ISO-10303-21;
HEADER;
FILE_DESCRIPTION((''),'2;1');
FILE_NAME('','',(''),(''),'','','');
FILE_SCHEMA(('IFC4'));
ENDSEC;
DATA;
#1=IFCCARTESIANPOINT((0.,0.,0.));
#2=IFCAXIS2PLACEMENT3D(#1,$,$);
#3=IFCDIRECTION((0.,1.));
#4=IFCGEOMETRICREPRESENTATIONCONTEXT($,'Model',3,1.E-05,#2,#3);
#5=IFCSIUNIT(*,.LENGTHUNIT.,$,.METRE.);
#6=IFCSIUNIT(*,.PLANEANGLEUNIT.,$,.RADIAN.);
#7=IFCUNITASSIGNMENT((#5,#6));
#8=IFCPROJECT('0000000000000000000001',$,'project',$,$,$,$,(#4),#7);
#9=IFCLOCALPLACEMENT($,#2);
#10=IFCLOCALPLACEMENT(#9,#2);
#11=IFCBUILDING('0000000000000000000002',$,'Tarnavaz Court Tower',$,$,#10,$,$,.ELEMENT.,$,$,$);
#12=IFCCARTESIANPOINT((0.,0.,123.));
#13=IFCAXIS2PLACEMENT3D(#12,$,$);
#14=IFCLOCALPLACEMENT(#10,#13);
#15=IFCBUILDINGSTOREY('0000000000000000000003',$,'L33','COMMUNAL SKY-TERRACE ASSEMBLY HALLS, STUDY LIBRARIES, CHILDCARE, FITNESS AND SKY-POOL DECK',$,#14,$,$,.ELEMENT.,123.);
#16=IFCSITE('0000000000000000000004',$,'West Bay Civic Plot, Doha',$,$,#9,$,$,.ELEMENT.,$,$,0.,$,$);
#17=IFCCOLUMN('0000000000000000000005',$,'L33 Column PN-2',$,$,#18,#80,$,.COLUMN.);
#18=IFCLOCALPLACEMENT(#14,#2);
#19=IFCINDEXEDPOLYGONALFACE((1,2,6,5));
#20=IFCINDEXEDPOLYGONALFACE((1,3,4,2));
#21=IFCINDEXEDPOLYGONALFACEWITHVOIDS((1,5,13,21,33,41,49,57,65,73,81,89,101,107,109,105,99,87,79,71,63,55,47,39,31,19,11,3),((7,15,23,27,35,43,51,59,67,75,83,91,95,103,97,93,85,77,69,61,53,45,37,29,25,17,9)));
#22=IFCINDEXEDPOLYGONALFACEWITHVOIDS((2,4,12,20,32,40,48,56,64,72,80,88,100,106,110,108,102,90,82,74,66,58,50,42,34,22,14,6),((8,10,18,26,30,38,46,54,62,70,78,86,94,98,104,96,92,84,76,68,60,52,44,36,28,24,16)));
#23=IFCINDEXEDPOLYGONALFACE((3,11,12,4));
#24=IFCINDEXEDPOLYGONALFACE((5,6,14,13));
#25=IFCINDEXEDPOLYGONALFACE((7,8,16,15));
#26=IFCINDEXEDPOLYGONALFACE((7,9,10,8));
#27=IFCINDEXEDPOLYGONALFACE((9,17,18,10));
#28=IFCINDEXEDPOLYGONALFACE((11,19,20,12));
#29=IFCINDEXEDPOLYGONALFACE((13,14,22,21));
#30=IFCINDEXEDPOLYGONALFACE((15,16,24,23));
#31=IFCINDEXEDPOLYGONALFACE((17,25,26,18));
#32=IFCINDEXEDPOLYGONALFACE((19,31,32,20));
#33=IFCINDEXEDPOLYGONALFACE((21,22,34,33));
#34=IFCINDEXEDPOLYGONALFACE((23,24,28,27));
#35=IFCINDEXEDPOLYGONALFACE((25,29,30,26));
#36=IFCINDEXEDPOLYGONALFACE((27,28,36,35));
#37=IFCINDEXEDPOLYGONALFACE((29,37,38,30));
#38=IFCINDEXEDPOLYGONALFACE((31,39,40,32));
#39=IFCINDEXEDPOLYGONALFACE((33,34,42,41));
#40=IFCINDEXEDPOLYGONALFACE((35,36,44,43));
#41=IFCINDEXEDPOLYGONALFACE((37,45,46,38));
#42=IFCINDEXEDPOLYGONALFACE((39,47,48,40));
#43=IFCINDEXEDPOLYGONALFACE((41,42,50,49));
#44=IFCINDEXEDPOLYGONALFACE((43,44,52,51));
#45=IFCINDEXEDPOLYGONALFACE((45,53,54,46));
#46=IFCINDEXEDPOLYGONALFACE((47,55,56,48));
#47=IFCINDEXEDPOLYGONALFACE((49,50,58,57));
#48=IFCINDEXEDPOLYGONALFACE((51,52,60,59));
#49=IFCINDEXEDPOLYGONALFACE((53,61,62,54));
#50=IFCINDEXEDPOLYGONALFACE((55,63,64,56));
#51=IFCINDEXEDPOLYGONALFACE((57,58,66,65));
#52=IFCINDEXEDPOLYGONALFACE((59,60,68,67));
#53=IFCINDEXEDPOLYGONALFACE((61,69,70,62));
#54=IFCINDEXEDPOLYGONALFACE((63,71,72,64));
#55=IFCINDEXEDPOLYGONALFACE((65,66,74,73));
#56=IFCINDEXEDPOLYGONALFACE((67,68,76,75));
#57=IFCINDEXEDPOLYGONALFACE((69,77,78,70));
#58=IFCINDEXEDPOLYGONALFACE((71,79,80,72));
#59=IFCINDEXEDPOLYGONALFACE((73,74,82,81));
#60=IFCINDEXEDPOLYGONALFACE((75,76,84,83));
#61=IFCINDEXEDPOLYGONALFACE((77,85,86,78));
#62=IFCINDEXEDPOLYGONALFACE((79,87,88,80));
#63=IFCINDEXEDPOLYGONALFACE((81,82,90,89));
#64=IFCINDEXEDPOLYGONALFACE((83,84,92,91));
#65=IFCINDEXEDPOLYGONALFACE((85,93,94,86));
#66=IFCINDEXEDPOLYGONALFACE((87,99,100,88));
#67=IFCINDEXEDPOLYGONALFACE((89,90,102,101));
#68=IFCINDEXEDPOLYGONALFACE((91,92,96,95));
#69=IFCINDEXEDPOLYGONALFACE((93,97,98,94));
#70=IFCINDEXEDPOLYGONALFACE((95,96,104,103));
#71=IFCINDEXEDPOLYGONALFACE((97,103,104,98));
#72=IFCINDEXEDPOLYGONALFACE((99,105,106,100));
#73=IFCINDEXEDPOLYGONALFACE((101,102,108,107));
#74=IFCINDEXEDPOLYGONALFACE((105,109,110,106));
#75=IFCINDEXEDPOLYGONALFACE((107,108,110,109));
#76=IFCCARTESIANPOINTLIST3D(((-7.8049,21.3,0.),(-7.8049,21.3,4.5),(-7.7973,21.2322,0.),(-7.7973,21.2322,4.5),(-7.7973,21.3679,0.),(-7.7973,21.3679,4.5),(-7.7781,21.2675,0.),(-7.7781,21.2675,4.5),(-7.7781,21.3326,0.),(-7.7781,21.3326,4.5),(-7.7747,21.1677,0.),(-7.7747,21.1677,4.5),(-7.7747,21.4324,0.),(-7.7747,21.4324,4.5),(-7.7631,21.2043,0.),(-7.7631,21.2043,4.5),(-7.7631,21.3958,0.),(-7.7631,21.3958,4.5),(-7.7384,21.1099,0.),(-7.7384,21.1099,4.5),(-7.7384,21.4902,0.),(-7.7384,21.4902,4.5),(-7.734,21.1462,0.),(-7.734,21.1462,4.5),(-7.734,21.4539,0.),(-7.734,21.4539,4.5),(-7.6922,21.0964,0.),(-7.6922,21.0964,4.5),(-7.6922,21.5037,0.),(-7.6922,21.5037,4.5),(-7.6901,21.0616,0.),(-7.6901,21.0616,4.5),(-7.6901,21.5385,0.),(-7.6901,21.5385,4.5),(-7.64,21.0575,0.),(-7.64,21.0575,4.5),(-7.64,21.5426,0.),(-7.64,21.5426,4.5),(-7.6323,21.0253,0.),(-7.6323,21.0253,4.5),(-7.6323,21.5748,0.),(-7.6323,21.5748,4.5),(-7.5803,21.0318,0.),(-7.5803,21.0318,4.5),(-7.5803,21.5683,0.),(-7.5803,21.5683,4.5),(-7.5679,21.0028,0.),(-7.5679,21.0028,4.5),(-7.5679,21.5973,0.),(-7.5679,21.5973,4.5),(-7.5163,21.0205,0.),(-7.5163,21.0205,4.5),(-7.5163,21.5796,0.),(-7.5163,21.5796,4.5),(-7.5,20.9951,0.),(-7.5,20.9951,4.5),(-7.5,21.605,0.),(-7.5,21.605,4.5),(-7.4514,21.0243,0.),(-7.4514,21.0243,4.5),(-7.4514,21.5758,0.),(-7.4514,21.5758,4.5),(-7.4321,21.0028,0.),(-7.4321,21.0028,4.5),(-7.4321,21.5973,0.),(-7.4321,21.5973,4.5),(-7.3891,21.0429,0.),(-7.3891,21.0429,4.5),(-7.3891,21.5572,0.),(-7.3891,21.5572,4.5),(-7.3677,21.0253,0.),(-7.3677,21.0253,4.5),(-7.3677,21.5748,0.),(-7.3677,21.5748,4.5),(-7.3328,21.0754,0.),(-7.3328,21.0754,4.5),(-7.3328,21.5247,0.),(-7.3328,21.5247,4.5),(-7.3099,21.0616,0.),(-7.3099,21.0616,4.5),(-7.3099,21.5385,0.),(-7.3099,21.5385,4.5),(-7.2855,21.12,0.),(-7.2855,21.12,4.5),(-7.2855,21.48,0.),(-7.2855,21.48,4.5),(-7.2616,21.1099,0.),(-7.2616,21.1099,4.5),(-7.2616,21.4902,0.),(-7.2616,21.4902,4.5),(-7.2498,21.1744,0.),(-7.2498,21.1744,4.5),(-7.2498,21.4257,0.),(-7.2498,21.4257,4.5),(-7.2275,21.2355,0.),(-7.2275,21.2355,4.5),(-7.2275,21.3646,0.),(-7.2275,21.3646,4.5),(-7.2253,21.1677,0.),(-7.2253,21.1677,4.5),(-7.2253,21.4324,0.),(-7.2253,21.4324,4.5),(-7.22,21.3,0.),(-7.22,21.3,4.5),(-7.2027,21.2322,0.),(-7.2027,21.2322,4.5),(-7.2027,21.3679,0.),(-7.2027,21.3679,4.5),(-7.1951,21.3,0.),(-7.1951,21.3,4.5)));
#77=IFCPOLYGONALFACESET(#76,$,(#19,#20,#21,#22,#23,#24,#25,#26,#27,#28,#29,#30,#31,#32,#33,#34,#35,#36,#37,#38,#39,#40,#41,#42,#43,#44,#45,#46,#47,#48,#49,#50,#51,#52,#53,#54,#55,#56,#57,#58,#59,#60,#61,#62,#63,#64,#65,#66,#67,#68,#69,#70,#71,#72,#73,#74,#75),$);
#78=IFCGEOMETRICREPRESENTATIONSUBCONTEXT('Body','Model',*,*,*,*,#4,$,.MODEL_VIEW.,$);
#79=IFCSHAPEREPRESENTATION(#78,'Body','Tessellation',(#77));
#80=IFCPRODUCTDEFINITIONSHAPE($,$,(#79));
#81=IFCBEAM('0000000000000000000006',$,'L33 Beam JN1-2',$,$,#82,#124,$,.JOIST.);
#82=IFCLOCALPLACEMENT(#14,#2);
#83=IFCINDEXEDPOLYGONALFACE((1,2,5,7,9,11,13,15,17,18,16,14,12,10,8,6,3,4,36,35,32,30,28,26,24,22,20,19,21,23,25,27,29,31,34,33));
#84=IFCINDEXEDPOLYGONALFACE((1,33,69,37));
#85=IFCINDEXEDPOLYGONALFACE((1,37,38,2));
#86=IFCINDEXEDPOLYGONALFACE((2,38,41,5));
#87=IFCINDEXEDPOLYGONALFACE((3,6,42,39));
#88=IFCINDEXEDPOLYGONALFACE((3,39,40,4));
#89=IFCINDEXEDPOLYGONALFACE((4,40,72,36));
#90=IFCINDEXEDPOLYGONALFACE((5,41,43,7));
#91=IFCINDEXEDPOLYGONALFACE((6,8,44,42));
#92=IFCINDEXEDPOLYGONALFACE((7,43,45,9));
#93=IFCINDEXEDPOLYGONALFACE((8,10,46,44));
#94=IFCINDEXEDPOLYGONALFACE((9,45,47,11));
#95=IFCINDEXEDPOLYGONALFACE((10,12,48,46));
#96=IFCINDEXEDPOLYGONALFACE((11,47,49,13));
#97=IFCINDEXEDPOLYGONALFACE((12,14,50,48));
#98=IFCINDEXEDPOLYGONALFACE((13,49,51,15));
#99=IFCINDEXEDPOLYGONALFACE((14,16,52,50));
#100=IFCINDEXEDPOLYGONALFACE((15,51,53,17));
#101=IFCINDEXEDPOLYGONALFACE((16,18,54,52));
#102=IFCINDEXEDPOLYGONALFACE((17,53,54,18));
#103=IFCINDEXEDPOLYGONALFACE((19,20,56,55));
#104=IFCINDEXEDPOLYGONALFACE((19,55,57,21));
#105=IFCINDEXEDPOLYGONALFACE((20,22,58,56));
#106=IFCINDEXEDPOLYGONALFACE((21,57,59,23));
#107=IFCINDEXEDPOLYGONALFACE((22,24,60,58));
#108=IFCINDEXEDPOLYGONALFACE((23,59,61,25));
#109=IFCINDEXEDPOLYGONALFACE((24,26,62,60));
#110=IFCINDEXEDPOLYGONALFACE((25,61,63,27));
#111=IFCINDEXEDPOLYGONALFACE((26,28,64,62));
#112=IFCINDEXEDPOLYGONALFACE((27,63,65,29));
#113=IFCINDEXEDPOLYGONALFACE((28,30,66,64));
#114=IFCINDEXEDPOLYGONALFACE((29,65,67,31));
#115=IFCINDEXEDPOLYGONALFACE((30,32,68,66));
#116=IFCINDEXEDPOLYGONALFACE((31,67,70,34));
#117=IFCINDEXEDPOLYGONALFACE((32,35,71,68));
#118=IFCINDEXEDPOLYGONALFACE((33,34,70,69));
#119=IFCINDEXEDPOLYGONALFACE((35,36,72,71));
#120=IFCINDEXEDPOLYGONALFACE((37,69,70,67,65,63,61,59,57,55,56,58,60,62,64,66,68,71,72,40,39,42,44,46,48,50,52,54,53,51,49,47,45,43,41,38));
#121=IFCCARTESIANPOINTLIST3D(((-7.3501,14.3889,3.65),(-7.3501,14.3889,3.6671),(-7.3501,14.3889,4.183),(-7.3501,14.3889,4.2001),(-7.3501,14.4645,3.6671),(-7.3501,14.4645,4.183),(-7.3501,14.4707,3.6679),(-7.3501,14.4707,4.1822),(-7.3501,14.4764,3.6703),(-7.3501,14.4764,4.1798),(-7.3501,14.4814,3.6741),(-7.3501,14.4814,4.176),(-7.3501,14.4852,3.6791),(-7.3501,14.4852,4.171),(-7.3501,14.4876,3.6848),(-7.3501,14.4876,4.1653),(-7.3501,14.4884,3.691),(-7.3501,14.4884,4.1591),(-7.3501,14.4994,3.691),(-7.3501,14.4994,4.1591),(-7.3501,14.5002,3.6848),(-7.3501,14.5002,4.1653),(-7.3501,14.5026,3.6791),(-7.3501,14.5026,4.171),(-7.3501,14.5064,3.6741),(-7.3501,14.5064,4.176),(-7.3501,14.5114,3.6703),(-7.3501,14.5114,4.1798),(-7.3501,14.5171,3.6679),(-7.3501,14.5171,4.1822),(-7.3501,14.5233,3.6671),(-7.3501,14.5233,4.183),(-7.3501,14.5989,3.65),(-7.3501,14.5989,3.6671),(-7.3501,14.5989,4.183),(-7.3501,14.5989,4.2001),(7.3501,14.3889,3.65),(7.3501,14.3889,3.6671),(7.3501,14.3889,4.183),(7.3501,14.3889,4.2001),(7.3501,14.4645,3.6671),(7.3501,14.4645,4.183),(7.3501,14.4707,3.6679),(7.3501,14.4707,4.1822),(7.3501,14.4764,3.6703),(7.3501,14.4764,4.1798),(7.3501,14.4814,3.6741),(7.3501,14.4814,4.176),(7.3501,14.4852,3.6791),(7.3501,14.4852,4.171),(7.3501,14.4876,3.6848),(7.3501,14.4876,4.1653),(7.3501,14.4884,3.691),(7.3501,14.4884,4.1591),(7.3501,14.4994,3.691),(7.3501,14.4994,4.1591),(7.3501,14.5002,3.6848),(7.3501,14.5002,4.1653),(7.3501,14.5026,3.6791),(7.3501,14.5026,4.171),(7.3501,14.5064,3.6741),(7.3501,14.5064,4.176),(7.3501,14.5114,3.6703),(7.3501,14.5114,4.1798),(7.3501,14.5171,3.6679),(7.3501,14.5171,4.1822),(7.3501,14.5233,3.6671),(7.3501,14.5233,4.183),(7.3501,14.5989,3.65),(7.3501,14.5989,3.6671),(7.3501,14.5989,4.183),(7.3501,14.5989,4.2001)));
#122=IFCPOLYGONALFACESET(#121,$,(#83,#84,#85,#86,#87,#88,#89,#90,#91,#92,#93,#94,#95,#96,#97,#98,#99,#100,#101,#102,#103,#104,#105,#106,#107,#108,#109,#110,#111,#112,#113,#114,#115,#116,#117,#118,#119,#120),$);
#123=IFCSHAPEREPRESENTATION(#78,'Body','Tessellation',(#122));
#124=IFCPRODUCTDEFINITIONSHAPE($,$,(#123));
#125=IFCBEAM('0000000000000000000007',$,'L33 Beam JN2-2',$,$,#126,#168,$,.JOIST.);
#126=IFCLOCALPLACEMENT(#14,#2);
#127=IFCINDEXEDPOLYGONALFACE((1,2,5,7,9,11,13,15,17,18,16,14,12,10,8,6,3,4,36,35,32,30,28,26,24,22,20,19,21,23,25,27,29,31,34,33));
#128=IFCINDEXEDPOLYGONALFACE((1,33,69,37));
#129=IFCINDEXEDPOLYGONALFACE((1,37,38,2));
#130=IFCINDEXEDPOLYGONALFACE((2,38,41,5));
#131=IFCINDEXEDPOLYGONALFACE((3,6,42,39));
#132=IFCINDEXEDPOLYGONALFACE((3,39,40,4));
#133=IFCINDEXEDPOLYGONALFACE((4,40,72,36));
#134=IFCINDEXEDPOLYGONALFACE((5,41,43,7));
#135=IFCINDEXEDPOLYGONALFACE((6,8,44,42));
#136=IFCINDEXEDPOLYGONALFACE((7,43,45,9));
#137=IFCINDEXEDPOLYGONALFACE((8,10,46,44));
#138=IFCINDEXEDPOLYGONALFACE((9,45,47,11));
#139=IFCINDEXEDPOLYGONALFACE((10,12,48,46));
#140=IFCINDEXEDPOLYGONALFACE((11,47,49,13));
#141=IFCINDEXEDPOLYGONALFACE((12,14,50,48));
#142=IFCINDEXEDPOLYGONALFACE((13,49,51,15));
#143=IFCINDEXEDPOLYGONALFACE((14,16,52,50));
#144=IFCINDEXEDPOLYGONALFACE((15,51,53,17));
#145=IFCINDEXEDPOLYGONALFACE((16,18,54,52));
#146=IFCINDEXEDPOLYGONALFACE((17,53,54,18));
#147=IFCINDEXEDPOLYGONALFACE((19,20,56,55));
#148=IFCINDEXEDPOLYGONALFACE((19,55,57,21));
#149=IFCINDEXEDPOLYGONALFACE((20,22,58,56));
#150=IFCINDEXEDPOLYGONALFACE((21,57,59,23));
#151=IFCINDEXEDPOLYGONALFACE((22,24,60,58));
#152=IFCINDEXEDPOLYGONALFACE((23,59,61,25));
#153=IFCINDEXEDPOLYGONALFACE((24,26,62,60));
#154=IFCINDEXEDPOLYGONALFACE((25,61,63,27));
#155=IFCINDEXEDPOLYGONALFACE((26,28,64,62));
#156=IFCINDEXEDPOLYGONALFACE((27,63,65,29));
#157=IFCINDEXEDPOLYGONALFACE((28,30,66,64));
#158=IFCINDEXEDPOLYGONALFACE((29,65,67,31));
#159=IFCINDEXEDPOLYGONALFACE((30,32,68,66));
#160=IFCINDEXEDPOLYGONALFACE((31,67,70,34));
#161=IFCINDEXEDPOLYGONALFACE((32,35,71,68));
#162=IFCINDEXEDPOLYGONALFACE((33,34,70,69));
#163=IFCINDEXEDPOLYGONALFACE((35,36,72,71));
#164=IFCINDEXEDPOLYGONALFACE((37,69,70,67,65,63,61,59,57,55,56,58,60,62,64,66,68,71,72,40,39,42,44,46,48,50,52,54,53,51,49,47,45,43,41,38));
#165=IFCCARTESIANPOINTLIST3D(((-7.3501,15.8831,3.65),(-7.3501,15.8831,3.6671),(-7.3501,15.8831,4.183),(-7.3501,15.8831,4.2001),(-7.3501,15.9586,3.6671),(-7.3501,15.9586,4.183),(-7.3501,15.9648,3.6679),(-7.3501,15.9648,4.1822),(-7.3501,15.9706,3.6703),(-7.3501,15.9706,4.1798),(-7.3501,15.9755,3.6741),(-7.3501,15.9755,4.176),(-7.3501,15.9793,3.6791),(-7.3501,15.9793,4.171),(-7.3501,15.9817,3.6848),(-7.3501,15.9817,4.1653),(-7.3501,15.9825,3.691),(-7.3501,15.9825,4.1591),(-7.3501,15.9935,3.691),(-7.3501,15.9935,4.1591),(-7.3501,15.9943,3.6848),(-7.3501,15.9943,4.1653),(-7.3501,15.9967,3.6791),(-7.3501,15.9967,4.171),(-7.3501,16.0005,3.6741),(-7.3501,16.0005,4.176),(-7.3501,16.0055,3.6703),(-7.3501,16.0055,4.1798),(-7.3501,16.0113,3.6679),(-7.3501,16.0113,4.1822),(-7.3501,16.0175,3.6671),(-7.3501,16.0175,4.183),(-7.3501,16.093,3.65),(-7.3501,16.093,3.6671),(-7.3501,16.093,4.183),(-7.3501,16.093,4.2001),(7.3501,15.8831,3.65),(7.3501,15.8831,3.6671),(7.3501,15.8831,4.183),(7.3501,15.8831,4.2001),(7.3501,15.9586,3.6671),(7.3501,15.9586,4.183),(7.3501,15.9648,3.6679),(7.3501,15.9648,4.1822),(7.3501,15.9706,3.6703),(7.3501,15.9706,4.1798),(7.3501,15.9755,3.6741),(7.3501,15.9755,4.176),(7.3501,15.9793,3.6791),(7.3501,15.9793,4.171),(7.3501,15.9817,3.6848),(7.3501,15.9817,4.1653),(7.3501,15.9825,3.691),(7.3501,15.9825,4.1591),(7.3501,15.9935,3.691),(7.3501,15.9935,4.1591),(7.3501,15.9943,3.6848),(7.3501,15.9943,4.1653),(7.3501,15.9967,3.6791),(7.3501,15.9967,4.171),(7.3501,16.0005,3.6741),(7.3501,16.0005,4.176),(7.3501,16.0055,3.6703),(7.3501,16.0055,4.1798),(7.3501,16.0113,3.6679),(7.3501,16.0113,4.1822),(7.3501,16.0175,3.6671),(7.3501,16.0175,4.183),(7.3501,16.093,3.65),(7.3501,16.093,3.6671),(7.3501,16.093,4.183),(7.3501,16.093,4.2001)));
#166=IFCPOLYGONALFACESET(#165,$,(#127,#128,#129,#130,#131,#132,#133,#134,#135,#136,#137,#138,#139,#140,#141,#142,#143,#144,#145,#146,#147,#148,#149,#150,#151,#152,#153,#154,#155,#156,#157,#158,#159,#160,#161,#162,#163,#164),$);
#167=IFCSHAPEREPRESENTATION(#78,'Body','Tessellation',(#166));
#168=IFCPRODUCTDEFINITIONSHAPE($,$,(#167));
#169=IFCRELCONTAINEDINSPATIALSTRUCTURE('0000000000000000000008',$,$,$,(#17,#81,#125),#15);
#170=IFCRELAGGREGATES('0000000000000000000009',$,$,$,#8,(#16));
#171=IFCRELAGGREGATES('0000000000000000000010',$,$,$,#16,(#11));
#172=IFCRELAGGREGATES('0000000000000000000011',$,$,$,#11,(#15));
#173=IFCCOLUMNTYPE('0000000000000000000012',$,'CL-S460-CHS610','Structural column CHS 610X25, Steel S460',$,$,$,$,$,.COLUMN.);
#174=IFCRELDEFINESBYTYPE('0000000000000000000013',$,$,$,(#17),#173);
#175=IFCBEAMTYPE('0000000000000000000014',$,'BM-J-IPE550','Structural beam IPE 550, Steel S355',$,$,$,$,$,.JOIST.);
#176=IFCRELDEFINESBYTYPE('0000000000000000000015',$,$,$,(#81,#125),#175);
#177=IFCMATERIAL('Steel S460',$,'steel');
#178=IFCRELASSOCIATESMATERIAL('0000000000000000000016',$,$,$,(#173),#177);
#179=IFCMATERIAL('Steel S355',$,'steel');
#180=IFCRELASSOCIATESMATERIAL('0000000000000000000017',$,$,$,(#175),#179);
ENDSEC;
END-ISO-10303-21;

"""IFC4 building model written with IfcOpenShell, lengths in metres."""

from ifc_helpers import new_model, si_unit, direction, frame, origin, origin_2d, place, context, subcontext, project, spatial, hollow_circle, i_section, extrude, material, material_profile, profile_set, type_object, element, save


model = new_model("IFC4")

# Units and contexts
model_context = context("Model", 3, precision=1e-05, world=origin(), true_north=direction((0.0, 1.0)))
body_context = subcontext(model_context, "Body", "Model", "MODEL_VIEW")
ifc_project = project(units=[si_unit("LENGTHUNIT", "METRE"), si_unit("PLANEANGLEUNIT", "RADIAN")], contexts=[model_context])

# Site, building, storey
site_placement = place(None, origin())
site = spatial("IfcSite", under=ifc_project, at=site_placement, Name="West Bay Civic Plot, Doha", CompositionType="ELEMENT", RefElevation=0.0)
building_placement = place(site_placement, origin())
building = spatial("IfcBuilding", under=site, at=building_placement, Name="Tarnavaz Court Tower", CompositionType="ELEMENT")
storey_placement = place(building_placement, frame((0.0, 0.0, 123.0)))
storey = spatial("IfcBuildingStorey", under=building, at=storey_placement, Name="L33", Description="COMMUNAL SKY-TERRACE ASSEMBLY HALLS, STUDY LIBRARIES, CHILDCARE, FITNESS AND SKY-POOL DECK", CompositionType="ELEMENT", Elevation=123.0)

# Column
ifc_material_1 = material(Name="Steel S460", Category="steel")
ifc_material_profile_1 = material_profile(ifc_material_1, hollow_circle(Radius=0.3049, WallThickness=0.0249, at=origin_2d()), Name="CHS 610X25")
ifc_profile_set_1 = profile_set([ifc_material_profile_1], Name="Steel S460")
column_type = type_object("IfcColumnType", Name="CL-S460-CHS610", Description="Structural column CHS 610X25, Steel S460", PredefinedType="COLUMN", material=ifc_profile_set_1)
column_placement = place(storey_placement, frame((-7.5, 21.3, 0.0), z_axis=(0.0, 0.0, 1.0), x_axis=(1.0, 0.0, 0.0)))
element("IfcColumn", 1, at=column_placement, inside=storey, type_object=column_type, Name="L33 Column PN-2", PredefinedType="COLUMN", context=body_context, shape_type="SweptSolid", body=[
    extrude(hollow_circle(Radius=0.3049, WallThickness=0.0249, at=origin_2d()), origin(), (0.0, 0.0, 1.0), 4.5),
])

# Beams
ifc_material_2 = material(Name="Steel S355", Category="steel")
ifc_material_profile_2 = material_profile(ifc_material_2, i_section(OverallWidth=0.21, OverallDepth=0.55, WebThickness=0.011, FlangeThickness=0.0171, FilletRadius=0.0239, at=origin_2d()), Name="IPE 550")
ifc_profile_set_2 = profile_set([ifc_material_profile_2], Name="Steel S355")
beam_type_1 = type_object("IfcBeamType", Name="BM-J-IPE550", Description="Structural beam IPE 550, Steel S355", PredefinedType="JOIST", material=ifc_profile_set_2)
for number, where, z_axis, x_axis, name in (
    (2, (-7.3501, 14.4939, 3.925), (1.0, 0.0, 0.0), (0.0, 1.0, 0.0), "L33 Beam JN1-2"),
    (3, (-7.3501, 15.988, 3.925), (1.0, 0.0, 0.0), (0.0, 1.0, 0.0), "L33 Beam JN2-2"),
):
    element("IfcBeam", number, at=place(storey_placement, frame(where, z_axis=z_axis, x_axis=x_axis)), inside=storey, type_object=beam_type_1, Name=name, PredefinedType="JOIST", context=body_context, shape_type="SweptSolid", body=[
        extrude(i_section(OverallWidth=0.21, OverallDepth=0.55, WebThickness=0.011, FlangeThickness=0.0171, FilletRadius=0.0239, at=origin_2d()), origin(), (0.0, 0.0, 1.0), 14.7002),
    ])

save(model, "model.ifc")
